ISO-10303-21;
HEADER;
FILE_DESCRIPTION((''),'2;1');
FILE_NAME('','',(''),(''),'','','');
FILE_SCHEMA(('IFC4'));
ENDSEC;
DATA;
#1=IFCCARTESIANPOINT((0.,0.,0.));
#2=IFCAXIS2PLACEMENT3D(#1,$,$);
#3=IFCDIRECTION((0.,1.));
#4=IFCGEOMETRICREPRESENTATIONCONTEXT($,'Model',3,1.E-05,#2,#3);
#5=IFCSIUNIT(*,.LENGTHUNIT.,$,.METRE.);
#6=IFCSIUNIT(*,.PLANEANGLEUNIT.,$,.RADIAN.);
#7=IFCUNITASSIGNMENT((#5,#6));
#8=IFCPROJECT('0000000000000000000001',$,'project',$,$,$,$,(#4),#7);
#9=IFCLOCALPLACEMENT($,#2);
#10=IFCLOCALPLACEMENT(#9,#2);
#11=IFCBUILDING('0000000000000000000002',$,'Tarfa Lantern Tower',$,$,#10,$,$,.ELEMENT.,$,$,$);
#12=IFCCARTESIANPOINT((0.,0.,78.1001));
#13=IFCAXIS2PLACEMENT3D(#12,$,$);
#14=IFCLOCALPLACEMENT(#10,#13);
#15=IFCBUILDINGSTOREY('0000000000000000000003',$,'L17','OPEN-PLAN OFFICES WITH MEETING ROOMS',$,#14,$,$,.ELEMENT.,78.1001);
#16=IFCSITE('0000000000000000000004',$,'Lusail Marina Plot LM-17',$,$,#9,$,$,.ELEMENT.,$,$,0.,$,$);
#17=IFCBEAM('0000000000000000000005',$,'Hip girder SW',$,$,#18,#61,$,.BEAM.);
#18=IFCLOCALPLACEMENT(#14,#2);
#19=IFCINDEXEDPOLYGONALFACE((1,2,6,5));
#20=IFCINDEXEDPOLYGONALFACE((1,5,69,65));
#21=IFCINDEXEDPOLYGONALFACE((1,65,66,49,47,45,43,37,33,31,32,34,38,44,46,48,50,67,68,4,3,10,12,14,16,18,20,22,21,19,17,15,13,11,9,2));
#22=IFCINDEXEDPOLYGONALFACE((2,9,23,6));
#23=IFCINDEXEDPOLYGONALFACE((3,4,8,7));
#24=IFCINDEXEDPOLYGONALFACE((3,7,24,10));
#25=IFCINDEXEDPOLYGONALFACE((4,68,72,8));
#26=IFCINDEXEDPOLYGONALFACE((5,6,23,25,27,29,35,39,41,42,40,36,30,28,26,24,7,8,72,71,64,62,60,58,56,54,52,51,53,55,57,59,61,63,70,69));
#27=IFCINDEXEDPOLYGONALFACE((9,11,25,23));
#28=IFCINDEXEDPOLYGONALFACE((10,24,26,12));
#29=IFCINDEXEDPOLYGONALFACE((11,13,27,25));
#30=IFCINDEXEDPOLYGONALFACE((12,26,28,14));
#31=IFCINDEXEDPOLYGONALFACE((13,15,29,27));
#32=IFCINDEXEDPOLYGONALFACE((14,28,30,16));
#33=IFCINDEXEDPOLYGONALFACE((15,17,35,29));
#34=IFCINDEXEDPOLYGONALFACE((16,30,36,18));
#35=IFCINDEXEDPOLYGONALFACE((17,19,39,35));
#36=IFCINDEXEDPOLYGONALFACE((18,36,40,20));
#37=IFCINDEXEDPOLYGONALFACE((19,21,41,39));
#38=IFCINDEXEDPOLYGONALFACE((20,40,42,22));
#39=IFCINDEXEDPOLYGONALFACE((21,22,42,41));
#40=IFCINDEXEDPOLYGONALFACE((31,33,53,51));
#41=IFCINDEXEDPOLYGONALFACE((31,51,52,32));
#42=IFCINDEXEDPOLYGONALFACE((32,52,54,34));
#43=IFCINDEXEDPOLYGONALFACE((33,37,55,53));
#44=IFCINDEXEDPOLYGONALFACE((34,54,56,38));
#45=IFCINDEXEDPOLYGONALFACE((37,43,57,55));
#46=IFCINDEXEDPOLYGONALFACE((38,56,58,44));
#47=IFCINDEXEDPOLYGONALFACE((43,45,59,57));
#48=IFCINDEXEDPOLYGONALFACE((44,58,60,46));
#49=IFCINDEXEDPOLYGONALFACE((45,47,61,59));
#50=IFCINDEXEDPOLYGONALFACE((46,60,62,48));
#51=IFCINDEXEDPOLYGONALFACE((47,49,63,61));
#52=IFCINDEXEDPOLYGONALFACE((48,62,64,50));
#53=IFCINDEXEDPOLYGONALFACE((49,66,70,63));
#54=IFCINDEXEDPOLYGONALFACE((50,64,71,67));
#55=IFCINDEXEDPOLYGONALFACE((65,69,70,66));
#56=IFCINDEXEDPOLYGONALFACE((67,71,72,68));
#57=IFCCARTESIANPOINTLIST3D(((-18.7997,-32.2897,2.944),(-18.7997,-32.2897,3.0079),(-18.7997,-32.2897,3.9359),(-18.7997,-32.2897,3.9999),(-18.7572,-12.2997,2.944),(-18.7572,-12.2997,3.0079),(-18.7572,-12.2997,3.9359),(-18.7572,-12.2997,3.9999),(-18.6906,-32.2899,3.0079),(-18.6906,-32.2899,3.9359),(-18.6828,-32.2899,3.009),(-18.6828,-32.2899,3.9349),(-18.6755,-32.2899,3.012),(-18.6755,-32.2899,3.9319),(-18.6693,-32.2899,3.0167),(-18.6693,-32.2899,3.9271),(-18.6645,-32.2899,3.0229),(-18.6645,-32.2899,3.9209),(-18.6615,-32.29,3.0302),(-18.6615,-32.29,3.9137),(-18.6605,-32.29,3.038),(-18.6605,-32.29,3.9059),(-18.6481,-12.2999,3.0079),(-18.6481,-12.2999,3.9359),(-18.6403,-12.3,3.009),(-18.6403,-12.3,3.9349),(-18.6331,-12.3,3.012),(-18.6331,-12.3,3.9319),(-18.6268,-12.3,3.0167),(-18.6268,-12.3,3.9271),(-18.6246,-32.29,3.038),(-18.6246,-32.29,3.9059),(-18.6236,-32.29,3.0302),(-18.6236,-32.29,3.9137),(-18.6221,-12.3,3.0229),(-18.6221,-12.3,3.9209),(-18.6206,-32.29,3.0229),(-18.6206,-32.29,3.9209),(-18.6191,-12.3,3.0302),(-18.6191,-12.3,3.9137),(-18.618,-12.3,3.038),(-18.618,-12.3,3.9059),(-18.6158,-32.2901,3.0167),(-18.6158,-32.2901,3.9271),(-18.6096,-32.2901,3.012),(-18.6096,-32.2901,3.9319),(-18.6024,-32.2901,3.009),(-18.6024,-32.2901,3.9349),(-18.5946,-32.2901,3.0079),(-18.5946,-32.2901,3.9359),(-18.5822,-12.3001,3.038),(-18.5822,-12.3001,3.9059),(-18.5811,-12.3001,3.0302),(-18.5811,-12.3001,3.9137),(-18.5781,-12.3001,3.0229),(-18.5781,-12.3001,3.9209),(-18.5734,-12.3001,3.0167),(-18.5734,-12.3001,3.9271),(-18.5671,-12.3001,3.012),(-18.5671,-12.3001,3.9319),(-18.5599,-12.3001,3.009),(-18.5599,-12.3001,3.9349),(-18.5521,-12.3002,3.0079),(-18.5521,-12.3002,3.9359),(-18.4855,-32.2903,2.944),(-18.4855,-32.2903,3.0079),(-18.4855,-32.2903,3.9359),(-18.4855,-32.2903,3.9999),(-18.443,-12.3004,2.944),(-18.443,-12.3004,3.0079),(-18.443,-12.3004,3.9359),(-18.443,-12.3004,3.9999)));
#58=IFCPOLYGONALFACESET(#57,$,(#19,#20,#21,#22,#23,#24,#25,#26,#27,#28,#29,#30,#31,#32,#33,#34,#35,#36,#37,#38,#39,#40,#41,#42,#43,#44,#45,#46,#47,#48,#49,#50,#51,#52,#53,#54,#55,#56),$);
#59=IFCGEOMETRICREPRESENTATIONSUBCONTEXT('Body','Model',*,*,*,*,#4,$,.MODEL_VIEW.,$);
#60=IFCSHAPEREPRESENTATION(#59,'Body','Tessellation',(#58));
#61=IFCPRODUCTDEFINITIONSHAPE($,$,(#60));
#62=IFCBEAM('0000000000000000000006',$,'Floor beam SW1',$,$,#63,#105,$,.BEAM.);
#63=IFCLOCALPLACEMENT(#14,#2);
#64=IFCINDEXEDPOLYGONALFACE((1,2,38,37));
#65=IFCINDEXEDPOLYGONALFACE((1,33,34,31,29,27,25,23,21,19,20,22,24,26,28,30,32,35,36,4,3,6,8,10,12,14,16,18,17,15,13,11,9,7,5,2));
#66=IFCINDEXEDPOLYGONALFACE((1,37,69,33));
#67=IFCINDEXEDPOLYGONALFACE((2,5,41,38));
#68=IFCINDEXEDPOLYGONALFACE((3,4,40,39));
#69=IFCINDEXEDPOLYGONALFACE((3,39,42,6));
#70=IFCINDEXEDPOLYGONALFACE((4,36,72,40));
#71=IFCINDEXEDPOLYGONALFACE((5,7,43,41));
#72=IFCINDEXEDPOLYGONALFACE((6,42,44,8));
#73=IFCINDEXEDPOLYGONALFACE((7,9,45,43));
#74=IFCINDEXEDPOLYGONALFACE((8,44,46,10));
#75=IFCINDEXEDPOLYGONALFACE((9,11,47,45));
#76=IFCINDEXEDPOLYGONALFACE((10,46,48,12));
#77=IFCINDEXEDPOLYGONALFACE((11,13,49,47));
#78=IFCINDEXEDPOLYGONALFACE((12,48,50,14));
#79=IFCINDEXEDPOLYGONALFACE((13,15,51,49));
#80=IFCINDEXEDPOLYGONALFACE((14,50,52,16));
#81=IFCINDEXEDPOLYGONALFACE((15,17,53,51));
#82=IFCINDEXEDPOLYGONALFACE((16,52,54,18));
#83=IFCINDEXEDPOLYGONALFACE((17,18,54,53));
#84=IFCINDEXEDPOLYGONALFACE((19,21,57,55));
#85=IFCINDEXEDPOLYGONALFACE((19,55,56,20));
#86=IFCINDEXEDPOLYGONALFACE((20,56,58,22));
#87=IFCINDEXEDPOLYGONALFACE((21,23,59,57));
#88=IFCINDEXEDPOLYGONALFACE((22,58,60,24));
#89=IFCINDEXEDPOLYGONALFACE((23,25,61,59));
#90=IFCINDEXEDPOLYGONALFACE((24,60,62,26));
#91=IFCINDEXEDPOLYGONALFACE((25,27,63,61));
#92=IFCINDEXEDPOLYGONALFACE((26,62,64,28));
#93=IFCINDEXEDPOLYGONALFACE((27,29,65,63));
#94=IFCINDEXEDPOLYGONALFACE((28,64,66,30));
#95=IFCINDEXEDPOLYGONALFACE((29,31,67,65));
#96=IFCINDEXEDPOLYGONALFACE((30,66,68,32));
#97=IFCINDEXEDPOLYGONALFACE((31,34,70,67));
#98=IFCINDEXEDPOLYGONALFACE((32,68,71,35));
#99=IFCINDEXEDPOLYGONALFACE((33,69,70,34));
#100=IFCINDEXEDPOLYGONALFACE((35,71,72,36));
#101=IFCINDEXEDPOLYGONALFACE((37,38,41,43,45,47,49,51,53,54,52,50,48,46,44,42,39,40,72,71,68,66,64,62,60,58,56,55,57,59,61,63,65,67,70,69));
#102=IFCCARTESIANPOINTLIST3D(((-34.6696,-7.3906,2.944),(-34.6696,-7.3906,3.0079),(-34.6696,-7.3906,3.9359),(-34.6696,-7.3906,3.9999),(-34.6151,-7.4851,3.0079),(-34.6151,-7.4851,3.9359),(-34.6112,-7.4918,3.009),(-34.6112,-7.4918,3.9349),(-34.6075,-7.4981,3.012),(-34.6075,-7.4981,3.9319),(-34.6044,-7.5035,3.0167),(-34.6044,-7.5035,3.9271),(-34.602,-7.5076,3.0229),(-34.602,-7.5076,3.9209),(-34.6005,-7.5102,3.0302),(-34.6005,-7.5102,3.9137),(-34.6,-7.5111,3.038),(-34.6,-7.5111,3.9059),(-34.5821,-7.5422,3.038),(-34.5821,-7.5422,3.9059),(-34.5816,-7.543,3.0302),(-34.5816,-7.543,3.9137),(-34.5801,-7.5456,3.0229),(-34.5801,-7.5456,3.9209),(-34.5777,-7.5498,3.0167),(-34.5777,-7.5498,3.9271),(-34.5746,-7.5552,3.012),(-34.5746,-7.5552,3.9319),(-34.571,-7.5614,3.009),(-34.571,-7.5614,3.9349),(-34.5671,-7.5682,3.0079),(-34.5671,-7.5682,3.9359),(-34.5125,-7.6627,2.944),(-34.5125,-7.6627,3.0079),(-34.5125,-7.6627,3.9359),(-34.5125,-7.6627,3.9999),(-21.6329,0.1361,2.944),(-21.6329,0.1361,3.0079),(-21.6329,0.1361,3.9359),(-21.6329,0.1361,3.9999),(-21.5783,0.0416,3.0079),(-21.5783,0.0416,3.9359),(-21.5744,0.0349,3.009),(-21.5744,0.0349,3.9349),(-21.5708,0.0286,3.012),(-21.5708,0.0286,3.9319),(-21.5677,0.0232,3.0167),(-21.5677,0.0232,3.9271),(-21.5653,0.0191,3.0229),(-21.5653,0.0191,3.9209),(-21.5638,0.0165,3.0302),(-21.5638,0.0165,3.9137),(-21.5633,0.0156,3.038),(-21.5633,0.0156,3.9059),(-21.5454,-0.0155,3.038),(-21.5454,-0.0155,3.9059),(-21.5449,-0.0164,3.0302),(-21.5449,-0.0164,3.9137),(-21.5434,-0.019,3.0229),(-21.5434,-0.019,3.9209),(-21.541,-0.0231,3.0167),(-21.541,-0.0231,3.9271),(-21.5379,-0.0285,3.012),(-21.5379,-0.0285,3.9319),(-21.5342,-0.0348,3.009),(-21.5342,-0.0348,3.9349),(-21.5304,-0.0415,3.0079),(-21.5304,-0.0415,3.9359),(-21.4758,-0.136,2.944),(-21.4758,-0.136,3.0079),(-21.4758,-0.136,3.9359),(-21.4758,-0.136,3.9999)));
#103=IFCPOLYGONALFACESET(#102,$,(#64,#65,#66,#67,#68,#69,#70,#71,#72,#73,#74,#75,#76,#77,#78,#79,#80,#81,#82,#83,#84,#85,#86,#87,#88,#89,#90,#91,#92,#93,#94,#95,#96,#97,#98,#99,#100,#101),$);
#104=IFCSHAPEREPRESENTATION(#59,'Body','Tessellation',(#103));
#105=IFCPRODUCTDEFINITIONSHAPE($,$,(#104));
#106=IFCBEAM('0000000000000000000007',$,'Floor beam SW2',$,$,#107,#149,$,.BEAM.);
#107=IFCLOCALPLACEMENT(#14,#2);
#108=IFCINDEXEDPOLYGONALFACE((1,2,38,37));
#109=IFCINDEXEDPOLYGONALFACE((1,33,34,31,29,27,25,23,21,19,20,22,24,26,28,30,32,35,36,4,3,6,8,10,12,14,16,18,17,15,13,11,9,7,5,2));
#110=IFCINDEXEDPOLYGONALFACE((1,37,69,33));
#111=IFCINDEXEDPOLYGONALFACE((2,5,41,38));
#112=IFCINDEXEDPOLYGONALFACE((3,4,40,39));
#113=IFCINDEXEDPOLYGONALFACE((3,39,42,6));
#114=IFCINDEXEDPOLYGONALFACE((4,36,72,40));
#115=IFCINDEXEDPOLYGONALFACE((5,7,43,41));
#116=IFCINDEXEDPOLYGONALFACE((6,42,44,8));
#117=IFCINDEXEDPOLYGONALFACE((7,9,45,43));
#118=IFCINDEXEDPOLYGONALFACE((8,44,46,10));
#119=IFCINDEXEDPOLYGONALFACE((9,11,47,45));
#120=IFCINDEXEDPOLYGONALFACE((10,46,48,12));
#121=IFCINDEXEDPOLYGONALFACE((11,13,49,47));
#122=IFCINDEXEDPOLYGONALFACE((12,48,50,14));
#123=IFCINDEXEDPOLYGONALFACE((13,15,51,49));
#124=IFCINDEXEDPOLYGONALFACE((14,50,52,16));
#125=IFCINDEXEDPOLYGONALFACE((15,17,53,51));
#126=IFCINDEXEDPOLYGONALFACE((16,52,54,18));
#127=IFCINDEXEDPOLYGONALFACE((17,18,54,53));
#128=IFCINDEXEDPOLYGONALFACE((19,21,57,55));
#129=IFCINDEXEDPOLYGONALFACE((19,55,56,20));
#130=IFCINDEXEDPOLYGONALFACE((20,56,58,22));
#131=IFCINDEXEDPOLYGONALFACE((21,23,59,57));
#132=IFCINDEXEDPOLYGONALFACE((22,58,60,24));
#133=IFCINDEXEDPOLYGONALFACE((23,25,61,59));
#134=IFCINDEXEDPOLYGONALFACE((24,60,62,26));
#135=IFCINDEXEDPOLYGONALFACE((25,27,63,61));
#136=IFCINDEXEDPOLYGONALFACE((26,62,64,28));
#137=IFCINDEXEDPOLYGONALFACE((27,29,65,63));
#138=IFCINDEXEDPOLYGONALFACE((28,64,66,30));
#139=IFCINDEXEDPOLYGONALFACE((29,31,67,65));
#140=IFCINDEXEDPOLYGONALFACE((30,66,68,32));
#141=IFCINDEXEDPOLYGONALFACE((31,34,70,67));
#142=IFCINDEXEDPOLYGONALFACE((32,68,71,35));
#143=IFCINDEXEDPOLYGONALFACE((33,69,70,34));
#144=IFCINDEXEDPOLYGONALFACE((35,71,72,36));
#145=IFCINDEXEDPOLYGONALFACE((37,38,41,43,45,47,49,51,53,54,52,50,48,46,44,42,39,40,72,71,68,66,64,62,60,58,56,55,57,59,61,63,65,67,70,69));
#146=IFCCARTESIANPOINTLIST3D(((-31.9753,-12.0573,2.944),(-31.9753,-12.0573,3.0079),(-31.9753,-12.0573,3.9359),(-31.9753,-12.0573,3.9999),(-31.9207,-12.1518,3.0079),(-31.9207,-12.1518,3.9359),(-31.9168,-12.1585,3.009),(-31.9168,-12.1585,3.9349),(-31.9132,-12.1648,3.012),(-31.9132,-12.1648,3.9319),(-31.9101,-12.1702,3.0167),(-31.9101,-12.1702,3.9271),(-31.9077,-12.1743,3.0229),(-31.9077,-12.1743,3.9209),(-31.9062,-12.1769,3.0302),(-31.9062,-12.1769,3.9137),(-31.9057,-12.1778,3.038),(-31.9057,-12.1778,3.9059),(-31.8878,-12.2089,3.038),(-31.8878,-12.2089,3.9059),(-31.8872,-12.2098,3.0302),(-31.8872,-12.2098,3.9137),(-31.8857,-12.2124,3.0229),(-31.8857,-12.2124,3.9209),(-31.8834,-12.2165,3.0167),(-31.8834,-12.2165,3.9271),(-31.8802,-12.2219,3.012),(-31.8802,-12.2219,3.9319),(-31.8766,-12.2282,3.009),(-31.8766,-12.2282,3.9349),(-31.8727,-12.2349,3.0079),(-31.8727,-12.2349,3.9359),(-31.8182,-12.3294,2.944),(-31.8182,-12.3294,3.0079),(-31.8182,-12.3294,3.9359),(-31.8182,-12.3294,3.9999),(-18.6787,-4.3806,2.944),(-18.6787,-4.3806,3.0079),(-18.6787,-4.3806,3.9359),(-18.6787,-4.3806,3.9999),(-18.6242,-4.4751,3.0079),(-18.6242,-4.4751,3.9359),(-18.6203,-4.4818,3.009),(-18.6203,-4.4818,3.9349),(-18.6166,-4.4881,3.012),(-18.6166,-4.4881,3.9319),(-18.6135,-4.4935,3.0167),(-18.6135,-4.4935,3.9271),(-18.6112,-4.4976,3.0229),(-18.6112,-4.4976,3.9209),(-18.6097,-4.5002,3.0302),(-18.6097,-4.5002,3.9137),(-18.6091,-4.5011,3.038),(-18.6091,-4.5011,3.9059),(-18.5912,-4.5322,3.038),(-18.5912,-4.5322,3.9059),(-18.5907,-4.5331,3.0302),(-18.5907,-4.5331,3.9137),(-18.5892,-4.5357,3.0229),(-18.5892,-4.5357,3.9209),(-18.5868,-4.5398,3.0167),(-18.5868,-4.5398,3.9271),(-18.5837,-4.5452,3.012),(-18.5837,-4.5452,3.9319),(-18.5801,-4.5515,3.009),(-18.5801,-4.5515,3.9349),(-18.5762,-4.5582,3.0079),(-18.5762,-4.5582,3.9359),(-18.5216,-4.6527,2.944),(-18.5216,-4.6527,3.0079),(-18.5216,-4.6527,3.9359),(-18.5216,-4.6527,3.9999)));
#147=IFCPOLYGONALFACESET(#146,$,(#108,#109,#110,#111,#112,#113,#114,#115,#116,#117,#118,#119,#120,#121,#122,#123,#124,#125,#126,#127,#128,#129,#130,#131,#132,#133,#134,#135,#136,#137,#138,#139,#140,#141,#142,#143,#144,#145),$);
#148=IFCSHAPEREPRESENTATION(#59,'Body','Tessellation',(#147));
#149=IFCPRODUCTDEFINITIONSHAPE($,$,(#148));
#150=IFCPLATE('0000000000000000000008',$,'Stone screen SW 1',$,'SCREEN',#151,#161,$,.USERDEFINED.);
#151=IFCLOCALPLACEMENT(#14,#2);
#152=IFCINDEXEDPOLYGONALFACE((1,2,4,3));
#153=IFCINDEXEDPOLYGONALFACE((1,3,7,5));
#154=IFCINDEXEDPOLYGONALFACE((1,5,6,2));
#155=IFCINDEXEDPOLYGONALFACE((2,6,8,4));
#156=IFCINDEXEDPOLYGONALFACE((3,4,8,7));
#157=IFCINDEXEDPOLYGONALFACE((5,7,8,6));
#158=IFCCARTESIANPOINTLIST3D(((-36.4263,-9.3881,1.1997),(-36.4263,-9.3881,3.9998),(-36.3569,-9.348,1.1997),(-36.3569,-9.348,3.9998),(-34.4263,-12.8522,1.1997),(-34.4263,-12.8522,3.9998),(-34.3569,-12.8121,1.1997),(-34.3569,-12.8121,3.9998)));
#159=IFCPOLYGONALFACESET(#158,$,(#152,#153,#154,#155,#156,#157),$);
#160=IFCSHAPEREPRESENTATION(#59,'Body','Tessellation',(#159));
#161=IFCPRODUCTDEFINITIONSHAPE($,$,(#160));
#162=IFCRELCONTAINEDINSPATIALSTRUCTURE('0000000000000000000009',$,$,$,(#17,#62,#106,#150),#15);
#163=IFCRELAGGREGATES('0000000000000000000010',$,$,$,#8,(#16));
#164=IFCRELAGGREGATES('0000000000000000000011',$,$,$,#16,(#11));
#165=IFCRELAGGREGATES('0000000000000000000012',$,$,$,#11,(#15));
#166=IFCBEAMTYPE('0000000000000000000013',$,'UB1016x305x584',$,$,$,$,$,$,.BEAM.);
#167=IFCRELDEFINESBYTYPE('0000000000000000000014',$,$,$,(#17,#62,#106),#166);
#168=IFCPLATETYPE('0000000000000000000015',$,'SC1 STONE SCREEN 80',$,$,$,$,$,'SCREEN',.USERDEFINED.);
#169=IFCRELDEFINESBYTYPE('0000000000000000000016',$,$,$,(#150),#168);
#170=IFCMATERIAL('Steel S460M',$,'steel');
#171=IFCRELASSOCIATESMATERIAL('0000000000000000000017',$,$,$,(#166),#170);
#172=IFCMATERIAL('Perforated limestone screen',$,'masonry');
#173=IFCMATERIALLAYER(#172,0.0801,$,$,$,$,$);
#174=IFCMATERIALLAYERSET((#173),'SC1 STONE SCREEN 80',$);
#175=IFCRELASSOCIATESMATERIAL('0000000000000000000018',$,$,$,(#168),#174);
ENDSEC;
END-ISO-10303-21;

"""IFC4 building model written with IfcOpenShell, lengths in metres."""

from ifc_helpers import new_model, si_unit, direction, frame, origin, origin_2d, place, context, subcontext, project, spatial, rectangle, i_section, extrude, material, layer, layer_set, material_profile, profile_set, type_object, element, save


model = new_model("IFC4")

# Units and contexts
model_context = context("Model", 3, precision=1e-05, world=origin(), true_north=direction((0.0, 1.0)))
body_context = subcontext(model_context, "Body", "Model", "MODEL_VIEW")
ifc_project = project(units=[si_unit("LENGTHUNIT", "METRE"), si_unit("PLANEANGLEUNIT", "RADIAN")], contexts=[model_context])

# Site, building, storey
site_placement = place(None, origin())
site = spatial("IfcSite", under=ifc_project, at=site_placement, Name="Lusail Marina Plot LM-17", CompositionType="ELEMENT", RefElevation=0.0)
building_placement = place(site_placement, origin())
building = spatial("IfcBuilding", under=site, at=building_placement, Name="Tarfa Lantern Tower", CompositionType="ELEMENT")
storey_placement = place(building_placement, frame((0.0, 0.0, 78.1001)))
storey = spatial("IfcBuildingStorey", under=building, at=storey_placement, Name="L17", Description="OPEN-PLAN OFFICES WITH MEETING ROOMS", CompositionType="ELEMENT", Elevation=78.1001)

# Beams
ifc_material_1 = material(Name="Steel S460M", Category="steel")
ifc_material_profile_1 = material_profile(ifc_material_1, i_section(OverallWidth=0.3142, OverallDepth=1.0559, WebThickness=0.0359, FlangeThickness=0.064, FilletRadius=0.03, at=origin_2d()), Name="UB1016x305x584")
ifc_profile_set_1 = profile_set([ifc_material_profile_1], Name="Steel S460M")
beam_type_1 = type_object("IfcBeamType", Name="UB1016x305x584", PredefinedType="BEAM", material=ifc_profile_set_1)
beam_1_placement = place(storey_placement, frame((-18.6001, -12.3, 3.4719), z_axis=(-0.002125, -0.999998, 0.0), x_axis=(0.999998, -0.002125, 0.0)))
element("IfcBeam", 1, at=beam_1_placement, inside=storey, type_object=beam_type_1, Name="Hip girder SW", PredefinedType="BEAM", context=body_context, shape_type="SweptSolid", body=[
    extrude(i_section(OverallWidth=0.3142, OverallDepth=1.0559, WebThickness=0.0359, FlangeThickness=0.064, FilletRadius=0.03, at=origin_2d()), origin(), (0.0, 0.0, 1.0), 19.99),
])
beam_2_placement = place(storey_placement, frame((-34.5911, -7.5266, 3.4719), z_axis=(0.866028, 0.499996, 0.0), x_axis=(-0.499996, 0.866028, 0.0)))
element("IfcBeam", 2, at=beam_2_placement, inside=storey, type_object=beam_type_1, Name="Floor beam SW1", PredefinedType="BEAM", context=body_context, shape_type="SweptSolid", body=[
    extrude(i_section(OverallWidth=0.3142, OverallDepth=1.0559, WebThickness=0.0359, FlangeThickness=0.064, FilletRadius=0.03, at=origin_2d()), origin(), (0.0, 0.0, 1.0), 15.0535),
])
beam_3_placement = place(storey_placement, frame((-31.8967, -12.1934, 3.4719), z_axis=(0.866027, 0.499997, 0.0), x_axis=(-0.499997, 0.866027, 0.0)))
element("IfcBeam", 3, at=beam_3_placement, inside=storey, type_object=beam_type_1, Name="Floor beam SW2", PredefinedType="BEAM", context=body_context, shape_type="SweptSolid", body=[
    extrude(i_section(OverallWidth=0.3142, OverallDepth=1.0559, WebThickness=0.0359, FlangeThickness=0.064, FilletRadius=0.03, at=origin_2d()), origin(), (0.0, 0.0, 1.0), 15.3535),
])

# Plate
ifc_material_2 = material(Name="Perforated limestone screen", Category="masonry")
ifc_layer_1 = layer(ifc_material_2, 0.0801)
ifc_layer_set_1 = layer_set([ifc_layer_1], Name="SC1 STONE SCREEN 80")
plate_type = type_object("IfcPlateType", Name="SC1 STONE SCREEN 80", ElementType="SCREEN", PredefinedType="USERDEFINED", material=ifc_layer_set_1)
plate_placement = place(storey_placement, frame((-35.3916, -11.1001, 1.1997), z_axis=(0.0, 0.0, 1.0), x_axis=(0.5, -0.866025, 0.0)))
element("IfcPlate", 4, at=plate_placement, inside=storey, type_object=plate_type, Name="Stone screen SW 1", ObjectType="SCREEN", PredefinedType="USERDEFINED", context=body_context, shape_type="SweptSolid", body=[
    extrude(rectangle(XDim=4.0, YDim=0.0801, at=origin_2d()), origin(), (0.0, 0.0, 1.0), 2.8),
])

save(model, "model.ifc")
